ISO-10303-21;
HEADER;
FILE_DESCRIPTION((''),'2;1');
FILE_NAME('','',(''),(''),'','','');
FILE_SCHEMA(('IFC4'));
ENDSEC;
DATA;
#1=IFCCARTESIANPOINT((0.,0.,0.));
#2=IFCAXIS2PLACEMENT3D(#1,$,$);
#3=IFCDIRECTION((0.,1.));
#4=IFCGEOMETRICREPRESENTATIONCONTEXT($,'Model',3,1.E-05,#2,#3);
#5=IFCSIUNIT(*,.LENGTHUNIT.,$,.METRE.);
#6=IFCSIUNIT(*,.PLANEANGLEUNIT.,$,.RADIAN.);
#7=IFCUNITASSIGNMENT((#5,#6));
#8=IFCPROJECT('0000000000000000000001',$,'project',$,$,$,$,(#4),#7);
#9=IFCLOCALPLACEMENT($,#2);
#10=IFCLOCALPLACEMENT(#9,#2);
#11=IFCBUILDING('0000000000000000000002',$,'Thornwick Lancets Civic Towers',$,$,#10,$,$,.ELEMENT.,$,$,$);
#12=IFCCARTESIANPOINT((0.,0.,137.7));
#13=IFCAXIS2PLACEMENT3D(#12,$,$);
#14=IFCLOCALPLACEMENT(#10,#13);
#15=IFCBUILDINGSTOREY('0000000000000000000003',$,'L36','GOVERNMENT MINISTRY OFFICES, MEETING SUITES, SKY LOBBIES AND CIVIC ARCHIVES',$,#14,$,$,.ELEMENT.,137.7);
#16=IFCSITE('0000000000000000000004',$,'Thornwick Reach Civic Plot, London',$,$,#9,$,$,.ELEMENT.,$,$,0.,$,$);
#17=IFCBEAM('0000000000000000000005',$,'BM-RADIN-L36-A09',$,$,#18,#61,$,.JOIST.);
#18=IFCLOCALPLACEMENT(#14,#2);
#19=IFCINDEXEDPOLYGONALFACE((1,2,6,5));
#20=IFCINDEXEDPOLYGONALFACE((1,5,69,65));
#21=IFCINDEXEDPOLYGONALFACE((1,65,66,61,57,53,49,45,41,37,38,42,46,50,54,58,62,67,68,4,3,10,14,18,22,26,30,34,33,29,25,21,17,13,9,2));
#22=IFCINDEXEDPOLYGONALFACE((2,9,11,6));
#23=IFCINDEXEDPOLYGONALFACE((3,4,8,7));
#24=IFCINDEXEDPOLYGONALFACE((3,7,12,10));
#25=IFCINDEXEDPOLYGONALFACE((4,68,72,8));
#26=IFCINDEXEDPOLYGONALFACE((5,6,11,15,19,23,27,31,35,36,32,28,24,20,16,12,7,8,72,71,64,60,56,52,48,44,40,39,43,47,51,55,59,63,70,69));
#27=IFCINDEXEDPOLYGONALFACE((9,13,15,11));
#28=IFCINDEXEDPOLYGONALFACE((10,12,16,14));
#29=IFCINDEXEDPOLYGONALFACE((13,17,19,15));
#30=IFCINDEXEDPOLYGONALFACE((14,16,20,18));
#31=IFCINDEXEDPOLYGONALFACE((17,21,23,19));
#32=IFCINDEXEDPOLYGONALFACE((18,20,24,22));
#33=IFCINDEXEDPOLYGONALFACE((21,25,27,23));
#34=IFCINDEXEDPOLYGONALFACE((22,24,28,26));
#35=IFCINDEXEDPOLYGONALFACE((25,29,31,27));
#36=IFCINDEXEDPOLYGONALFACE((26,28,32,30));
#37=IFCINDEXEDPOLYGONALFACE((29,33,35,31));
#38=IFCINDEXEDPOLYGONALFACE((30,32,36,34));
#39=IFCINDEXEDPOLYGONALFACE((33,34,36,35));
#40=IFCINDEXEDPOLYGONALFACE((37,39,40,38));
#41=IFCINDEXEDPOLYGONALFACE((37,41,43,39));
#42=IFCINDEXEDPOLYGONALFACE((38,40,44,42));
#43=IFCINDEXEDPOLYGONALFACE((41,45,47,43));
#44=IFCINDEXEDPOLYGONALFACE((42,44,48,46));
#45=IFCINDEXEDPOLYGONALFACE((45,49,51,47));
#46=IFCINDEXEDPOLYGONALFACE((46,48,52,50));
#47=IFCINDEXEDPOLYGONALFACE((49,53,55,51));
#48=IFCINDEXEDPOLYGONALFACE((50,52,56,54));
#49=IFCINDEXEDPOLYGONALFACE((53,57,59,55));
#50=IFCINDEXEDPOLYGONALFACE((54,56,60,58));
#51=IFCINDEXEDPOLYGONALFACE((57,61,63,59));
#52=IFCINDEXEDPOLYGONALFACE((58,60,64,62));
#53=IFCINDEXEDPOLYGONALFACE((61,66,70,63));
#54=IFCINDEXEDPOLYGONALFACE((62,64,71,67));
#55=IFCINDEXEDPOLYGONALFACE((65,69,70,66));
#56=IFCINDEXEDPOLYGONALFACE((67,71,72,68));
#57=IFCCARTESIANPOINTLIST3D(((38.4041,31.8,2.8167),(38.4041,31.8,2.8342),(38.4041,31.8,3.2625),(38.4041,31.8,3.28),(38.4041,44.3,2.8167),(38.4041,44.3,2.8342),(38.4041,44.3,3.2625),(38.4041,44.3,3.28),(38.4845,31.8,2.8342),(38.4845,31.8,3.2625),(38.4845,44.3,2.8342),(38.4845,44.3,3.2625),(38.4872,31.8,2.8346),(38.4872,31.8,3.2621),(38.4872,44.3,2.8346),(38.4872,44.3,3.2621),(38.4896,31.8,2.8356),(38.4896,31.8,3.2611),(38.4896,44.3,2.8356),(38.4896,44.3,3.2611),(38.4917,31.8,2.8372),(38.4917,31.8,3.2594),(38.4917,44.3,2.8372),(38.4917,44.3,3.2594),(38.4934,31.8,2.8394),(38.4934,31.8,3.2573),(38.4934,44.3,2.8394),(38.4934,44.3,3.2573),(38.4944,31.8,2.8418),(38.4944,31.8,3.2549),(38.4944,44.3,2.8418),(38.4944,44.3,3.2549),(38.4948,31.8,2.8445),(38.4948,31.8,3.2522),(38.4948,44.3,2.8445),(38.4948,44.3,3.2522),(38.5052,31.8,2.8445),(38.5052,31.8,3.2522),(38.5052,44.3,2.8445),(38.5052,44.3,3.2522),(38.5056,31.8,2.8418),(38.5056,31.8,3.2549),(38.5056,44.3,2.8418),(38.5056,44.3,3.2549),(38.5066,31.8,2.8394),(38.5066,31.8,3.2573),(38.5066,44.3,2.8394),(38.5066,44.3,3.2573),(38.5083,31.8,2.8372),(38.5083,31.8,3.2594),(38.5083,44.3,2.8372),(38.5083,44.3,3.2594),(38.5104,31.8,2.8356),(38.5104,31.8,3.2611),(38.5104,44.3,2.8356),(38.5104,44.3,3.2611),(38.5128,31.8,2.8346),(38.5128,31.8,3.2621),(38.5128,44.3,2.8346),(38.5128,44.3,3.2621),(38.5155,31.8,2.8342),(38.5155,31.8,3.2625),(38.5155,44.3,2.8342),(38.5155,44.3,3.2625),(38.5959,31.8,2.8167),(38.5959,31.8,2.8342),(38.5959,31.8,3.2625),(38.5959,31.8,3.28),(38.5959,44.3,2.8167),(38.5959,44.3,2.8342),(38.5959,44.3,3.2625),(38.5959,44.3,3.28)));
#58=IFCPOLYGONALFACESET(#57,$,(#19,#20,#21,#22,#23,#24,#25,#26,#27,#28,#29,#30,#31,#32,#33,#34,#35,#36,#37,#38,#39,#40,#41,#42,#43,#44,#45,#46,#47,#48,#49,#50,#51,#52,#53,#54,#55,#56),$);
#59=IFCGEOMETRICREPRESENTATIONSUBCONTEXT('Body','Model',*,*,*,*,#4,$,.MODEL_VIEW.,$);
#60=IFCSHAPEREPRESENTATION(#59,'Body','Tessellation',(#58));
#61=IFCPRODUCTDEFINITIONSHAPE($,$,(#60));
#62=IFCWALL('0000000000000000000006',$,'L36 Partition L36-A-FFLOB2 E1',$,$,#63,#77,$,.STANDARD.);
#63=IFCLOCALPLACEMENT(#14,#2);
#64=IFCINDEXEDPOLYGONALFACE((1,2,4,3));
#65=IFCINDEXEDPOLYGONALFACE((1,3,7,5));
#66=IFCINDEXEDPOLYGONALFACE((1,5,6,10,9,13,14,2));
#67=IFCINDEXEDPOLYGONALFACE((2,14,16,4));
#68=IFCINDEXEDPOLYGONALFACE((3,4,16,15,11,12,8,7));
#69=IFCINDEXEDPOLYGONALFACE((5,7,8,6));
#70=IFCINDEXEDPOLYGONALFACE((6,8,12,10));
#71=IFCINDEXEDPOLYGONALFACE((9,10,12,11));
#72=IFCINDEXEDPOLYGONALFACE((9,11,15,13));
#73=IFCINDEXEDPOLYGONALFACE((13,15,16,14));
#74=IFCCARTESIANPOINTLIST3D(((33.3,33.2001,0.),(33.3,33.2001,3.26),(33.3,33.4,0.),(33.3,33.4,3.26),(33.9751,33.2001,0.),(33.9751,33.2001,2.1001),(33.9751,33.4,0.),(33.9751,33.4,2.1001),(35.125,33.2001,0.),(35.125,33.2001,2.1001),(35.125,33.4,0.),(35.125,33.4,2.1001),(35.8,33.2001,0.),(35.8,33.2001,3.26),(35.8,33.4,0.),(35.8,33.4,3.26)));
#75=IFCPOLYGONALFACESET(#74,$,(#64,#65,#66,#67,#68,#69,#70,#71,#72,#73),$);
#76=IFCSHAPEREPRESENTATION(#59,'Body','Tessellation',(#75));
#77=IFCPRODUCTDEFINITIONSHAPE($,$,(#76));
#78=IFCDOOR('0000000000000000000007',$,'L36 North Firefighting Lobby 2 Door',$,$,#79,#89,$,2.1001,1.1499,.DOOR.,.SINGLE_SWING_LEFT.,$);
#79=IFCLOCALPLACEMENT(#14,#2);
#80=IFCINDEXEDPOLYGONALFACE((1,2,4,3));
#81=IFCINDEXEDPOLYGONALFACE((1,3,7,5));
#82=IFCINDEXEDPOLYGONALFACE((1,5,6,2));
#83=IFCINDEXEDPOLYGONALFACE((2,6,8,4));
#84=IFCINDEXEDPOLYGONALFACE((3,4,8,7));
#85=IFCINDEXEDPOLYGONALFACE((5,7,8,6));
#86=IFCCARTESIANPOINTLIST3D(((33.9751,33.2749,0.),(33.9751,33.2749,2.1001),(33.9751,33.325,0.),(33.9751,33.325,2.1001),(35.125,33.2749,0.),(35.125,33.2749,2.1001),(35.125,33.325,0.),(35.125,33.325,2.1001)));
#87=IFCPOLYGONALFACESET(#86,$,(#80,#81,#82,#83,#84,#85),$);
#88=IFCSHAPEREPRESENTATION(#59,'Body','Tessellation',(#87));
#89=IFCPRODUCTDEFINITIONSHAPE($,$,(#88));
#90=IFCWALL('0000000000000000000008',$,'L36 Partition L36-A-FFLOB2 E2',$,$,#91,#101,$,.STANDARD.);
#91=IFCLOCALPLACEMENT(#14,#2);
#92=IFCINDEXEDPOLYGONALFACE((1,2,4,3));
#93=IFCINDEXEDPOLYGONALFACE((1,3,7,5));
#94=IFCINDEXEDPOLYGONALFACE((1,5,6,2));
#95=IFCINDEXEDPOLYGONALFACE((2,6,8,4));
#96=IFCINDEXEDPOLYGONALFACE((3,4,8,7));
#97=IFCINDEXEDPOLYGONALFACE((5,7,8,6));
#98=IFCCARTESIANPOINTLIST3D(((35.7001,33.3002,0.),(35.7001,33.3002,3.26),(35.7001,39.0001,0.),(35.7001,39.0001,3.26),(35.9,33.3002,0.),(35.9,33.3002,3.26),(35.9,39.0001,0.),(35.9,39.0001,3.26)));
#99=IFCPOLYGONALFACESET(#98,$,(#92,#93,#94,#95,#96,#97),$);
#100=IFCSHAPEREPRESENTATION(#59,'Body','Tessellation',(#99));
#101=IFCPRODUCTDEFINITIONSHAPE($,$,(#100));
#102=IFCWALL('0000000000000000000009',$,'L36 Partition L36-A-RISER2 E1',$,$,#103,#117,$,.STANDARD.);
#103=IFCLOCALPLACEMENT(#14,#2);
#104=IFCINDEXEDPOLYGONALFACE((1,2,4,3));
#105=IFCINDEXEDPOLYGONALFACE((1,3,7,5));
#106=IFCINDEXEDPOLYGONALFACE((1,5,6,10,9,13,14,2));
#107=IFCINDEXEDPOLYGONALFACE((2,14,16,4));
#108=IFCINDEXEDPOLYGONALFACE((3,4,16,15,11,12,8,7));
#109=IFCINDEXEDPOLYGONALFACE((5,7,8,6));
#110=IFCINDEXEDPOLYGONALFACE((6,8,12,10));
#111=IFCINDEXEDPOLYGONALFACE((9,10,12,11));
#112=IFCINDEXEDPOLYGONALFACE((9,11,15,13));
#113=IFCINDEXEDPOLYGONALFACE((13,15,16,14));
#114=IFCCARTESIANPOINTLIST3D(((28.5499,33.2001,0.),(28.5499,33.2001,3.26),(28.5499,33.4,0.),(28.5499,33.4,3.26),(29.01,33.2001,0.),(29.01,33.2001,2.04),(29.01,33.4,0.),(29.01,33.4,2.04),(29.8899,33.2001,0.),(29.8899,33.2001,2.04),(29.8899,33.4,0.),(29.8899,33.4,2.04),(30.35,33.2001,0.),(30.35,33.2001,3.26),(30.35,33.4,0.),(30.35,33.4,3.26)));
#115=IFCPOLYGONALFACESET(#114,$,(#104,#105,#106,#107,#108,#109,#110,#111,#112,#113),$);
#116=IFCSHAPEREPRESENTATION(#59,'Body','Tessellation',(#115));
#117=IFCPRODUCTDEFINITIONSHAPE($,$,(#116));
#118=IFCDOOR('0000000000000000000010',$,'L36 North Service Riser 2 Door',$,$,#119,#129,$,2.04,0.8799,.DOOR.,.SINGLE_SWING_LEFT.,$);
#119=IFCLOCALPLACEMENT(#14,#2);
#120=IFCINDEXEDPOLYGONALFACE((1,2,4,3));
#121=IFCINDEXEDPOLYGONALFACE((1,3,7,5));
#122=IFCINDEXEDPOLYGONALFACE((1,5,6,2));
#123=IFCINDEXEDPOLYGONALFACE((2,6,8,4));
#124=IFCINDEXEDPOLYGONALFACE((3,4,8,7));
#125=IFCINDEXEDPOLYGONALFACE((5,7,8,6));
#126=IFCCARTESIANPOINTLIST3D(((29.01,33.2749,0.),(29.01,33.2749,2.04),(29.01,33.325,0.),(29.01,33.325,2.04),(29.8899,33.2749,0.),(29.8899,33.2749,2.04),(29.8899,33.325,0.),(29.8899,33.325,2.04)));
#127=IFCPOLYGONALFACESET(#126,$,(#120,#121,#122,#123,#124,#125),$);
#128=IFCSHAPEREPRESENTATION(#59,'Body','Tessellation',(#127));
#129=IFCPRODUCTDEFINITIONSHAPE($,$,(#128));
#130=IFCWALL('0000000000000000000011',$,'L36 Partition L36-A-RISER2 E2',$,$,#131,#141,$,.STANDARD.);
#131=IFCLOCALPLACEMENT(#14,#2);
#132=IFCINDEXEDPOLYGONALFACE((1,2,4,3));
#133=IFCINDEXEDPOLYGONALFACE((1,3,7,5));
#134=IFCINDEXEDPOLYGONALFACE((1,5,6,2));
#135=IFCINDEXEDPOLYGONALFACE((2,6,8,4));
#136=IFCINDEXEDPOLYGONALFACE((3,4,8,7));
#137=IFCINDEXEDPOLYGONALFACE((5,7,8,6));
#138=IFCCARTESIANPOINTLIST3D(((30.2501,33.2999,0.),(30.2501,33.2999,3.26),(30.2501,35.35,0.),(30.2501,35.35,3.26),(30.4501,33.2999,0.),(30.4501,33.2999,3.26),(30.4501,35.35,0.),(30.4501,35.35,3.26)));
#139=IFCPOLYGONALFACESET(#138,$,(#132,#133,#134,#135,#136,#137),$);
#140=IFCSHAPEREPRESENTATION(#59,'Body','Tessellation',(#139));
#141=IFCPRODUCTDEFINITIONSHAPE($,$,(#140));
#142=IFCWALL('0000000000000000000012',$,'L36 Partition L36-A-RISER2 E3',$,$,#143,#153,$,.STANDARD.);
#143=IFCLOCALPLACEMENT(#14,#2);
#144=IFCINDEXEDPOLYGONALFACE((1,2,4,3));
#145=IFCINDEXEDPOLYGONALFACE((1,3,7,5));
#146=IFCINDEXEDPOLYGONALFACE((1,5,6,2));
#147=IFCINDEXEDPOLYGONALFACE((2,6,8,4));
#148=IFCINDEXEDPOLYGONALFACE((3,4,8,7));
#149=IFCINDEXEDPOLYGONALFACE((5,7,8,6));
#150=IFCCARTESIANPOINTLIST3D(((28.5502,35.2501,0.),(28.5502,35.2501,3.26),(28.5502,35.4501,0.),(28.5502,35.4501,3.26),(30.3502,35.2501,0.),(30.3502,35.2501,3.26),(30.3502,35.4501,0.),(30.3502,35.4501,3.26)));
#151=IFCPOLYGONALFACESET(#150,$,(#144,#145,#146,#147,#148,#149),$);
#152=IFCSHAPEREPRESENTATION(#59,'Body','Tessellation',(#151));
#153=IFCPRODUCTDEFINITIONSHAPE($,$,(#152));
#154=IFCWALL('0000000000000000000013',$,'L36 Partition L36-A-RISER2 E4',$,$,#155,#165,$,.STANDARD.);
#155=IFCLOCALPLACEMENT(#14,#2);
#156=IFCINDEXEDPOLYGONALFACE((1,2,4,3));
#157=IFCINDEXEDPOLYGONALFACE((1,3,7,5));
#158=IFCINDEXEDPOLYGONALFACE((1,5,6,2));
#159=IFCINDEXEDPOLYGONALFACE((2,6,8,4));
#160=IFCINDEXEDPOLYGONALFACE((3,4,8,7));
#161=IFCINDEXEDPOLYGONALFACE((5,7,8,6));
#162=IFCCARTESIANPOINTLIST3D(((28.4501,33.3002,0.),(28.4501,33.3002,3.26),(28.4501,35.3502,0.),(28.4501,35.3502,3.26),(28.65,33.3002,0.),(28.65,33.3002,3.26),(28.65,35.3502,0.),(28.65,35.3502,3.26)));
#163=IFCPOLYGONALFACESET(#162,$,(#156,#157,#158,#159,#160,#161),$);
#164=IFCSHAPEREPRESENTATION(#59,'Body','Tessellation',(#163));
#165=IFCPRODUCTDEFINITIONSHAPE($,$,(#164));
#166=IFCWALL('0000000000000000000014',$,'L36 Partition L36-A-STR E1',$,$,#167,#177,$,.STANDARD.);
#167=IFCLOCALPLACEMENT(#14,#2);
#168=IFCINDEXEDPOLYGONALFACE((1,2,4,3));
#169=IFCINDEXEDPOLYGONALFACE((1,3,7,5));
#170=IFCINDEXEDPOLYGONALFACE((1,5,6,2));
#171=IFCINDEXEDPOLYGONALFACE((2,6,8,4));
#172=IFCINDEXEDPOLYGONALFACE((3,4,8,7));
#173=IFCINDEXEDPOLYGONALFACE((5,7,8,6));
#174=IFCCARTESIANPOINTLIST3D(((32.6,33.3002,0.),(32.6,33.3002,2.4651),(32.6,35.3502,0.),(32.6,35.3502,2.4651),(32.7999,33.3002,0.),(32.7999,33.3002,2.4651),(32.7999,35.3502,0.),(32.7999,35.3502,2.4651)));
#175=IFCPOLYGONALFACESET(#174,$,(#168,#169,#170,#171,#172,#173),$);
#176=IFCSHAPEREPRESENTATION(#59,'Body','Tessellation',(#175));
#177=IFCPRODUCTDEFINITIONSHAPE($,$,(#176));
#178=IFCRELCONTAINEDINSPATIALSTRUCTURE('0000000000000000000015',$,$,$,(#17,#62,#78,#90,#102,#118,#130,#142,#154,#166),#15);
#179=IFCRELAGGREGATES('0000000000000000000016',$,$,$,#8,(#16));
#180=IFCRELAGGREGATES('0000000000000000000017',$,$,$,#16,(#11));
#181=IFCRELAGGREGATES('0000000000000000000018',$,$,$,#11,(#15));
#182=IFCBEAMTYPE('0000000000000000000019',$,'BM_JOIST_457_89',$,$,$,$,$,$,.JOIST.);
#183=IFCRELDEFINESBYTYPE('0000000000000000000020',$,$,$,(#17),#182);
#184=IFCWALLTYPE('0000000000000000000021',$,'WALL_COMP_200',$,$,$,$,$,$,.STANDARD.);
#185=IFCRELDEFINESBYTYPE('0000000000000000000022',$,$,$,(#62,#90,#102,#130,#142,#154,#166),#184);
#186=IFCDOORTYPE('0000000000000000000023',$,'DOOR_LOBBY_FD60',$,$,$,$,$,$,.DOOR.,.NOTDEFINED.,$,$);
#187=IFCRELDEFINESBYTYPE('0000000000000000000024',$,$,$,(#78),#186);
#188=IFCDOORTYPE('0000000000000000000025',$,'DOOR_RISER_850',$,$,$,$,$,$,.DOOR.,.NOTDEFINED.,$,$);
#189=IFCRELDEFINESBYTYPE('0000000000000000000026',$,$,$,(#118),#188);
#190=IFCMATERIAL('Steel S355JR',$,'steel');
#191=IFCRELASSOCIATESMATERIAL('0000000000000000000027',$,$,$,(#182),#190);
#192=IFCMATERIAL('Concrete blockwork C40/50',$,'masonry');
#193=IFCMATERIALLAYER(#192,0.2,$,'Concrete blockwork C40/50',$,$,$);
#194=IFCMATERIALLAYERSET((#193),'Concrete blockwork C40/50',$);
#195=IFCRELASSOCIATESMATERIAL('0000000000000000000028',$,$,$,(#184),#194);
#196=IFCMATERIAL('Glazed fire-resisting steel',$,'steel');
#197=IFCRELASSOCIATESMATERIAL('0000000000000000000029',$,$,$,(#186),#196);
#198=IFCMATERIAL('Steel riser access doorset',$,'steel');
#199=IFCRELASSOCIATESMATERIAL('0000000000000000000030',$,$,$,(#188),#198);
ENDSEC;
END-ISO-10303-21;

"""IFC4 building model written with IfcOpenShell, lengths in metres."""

from ifc_helpers import new_model, si_unit, direction, frame, frame_2d, origin, origin_2d, place, context, subcontext, project, spatial, rectangle, i_section, extrude, material, layer, layer_set, material_profile, profile_set, type_object, element, fill, save


model = new_model("IFC4")

# Units and contexts
model_context = context("Model", 3, precision=1e-05, world=origin(), true_north=direction((0.0, 1.0)))
body_context = subcontext(model_context, "Body", "Model", "MODEL_VIEW")
ifc_project = project(units=[si_unit("LENGTHUNIT", "METRE"), si_unit("PLANEANGLEUNIT", "RADIAN")], contexts=[model_context])

# Site, building, storey
site_placement = place(None, origin())
site = spatial("IfcSite", under=ifc_project, at=site_placement, Name="Thornwick Reach Civic Plot, London", CompositionType="ELEMENT", RefElevation=0.0)
building_placement = place(site_placement, origin())
building = spatial("IfcBuilding", under=site, at=building_placement, Name="Thornwick Lancets Civic Towers", CompositionType="ELEMENT")
storey_placement = place(building_placement, frame((0.0, 0.0, 137.7)))
storey = spatial("IfcBuildingStorey", under=building, at=storey_placement, Name="L36", Description="GOVERNMENT MINISTRY OFFICES, MEETING SUITES, SKY LOBBIES AND CIVIC ARCHIVES", CompositionType="ELEMENT", Elevation=137.7)

# Beam
ifc_material_1 = material(Name="Steel S355JR", Category="steel")
ifc_material_profile_1 = material_profile(ifc_material_1, i_section(OverallWidth=0.1919, OverallDepth=0.4634, WebThickness=0.0105, FlangeThickness=0.0176, FilletRadius=0.0103, at=origin_2d()), Name="UKB 457x191x89")
ifc_profile_set_1 = profile_set([ifc_material_profile_1], Name="Steel S355JR")
beam_type_1 = type_object("IfcBeamType", Name="BM_JOIST_457_89", PredefinedType="JOIST", material=ifc_profile_set_1)
beam_1_placement = place(storey_placement, frame((38.5, 31.8, 3.0483), z_axis=(0.0, 1.0, 0.0), x_axis=(-1.0, 0.0, 0.0)))
element("IfcBeam", 1, at=beam_1_placement, inside=storey, type_object=beam_type_1, Name="BM-RADIN-L36-A09", PredefinedType="JOIST", context=body_context, shape_type="SweptSolid", body=[
    extrude(i_section(OverallWidth=0.1919, OverallDepth=0.4634, WebThickness=0.0105, FlangeThickness=0.0176, FilletRadius=0.0103, at=origin_2d()), origin(), (0.0, 0.0, 1.0), 12.5),
])

# Wall, opening, door
ifc_material_2 = material(Name="Concrete blockwork C40/50", Category="masonry")
ifc_layer_1 = layer(ifc_material_2, 0.2, Name="Concrete blockwork C40/50")
ifc_layer_set_1 = layer_set([ifc_layer_1], Name="Concrete blockwork C40/50")
wall_type_1 = type_object("IfcWallType", Name="WALL_COMP_200", PredefinedType="STANDARD", material=ifc_layer_set_1)
wall_1_placement = place(storey_placement, frame((33.3, 33.3, 0.0), z_axis=(0.0, 0.0, 1.0), x_axis=(1.0, 0.0, 0.0)))
wall_1 = element("IfcWall", 2, at=wall_1_placement, inside=storey, type_object=wall_type_1, Name="L36 Partition L36-A-FFLOB2 E1", PredefinedType="STANDARD", context=body_context, shape_type="SweptSolid", body=[
    extrude(rectangle(XDim=2.5, YDim=0.2, at=frame_2d((1.25, 0.0))), origin(), (0.0, 0.0, 1.0), 3.26),
])
opening_1_placement = place(wall_1_placement, frame((0.675, 0.0, 0.0)))
opening_1 = element("IfcOpeningElement", 3, at=opening_1_placement, cuts=wall_1, PredefinedType="OPENING", context=body_context, shape_type="SweptSolid", body=[
    extrude(rectangle(XDim=1.1499, YDim=2.1001, at=frame_2d((0.575, 1.05))), frame((0.0, 0.1099, 0.0), z_axis=(0.0, -1.0, 0.0), x_axis=(1.0, 0.0, 0.0)), (0.0, 0.0, 1.0), 0.22),
])
ifc_material_3 = material(Name="Glazed fire-resisting steel", Category="steel")
door_type_1 = type_object("IfcDoorType", Name="DOOR_LOBBY_FD60", OperationType="NOTDEFINED", PredefinedType="DOOR", material=ifc_material_3)
door_1_placement = place(opening_1_placement, origin())
door_1 = element("IfcDoor", 4, at=door_1_placement, inside=storey, type_object=door_type_1, Name="L36 North Firefighting Lobby 2 Door", OperationType="SINGLE_SWING_LEFT", OverallHeight=2.1001, OverallWidth=1.1499, PredefinedType="DOOR", context=body_context, shape_type="SweptSolid", body=[
    extrude(rectangle(XDim=1.1499, YDim=2.1001, at=frame_2d((0.575, 1.05))), frame((0.0, 0.0249, 0.0), z_axis=(0.0, -1.0, 0.0), x_axis=(1.0, 0.0, 0.0)), (0.0, 0.0, 1.0), 0.05),
])
fill(opening_1, door_1)

# Wall
wall_2_placement = place(storey_placement, frame((35.8, 33.3, 0.0), z_axis=(0.0, 0.0, 1.0), x_axis=(0.0, 1.0, 0.0)))
element("IfcWall", 5, at=wall_2_placement, inside=storey, type_object=wall_type_1, Name="L36 Partition L36-A-FFLOB2 E2", PredefinedType="STANDARD", context=body_context, shape_type="SweptSolid", body=[
    extrude(rectangle(XDim=5.7, YDim=0.2, at=frame_2d((2.8501, 0.0))), origin(), (0.0, 0.0, 1.0), 3.26),
])

# Wall, opening, door
wall_3_placement = place(storey_placement, frame((28.55, 33.3, 0.0), z_axis=(0.0, 0.0, 1.0), x_axis=(1.0, 0.0, 0.0)))
wall_3 = element("IfcWall", 6, at=wall_3_placement, inside=storey, type_object=wall_type_1, Name="L36 Partition L36-A-RISER2 E1", PredefinedType="STANDARD", context=body_context, shape_type="SweptSolid", body=[
    extrude(rectangle(XDim=1.8, YDim=0.2, at=frame_2d((0.8999, 0.0))), origin(), (0.0, 0.0, 1.0), 3.26),
])
opening_2_placement = place(wall_3_placement, frame((0.46, 0.0, 0.0)))
opening_2 = element("IfcOpeningElement", 7, at=opening_2_placement, cuts=wall_3, PredefinedType="OPENING", context=body_context, shape_type="SweptSolid", body=[
    extrude(rectangle(XDim=0.8799, YDim=2.04, at=frame_2d((0.4399, 1.02))), frame((0.0, 0.1099, 0.0), z_axis=(0.0, -1.0, 0.0), x_axis=(1.0, 0.0, 0.0)), (0.0, 0.0, 1.0), 0.22),
])
ifc_material_4 = material(Name="Steel riser access doorset", Category="steel")
door_type_2 = type_object("IfcDoorType", Name="DOOR_RISER_850", OperationType="NOTDEFINED", PredefinedType="DOOR", material=ifc_material_4)
door_2_placement = place(opening_2_placement, origin())
door_2 = element("IfcDoor", 8, at=door_2_placement, inside=storey, type_object=door_type_2, Name="L36 North Service Riser 2 Door", OperationType="SINGLE_SWING_LEFT", OverallHeight=2.04, OverallWidth=0.8799, PredefinedType="DOOR", context=body_context, shape_type="SweptSolid", body=[
    extrude(rectangle(XDim=0.8799, YDim=2.04, at=frame_2d((0.4399, 1.02))), frame((0.0, 0.0249, 0.0), z_axis=(0.0, -1.0, 0.0), x_axis=(1.0, 0.0, 0.0)), (0.0, 0.0, 1.0), 0.05),
])
fill(opening_2, door_2)

# Walls
wall_4_placement = place(storey_placement, frame((30.3501, 33.3, 0.0), z_axis=(0.0, 0.0, 1.0), x_axis=(0.0, 1.0, 0.0)))
element("IfcWall", 9, at=wall_4_placement, inside=storey, type_object=wall_type_1, Name="L36 Partition L36-A-RISER2 E2", PredefinedType="STANDARD", context=body_context, shape_type="SweptSolid", body=[
    extrude(rectangle(XDim=2.05, YDim=0.2, at=frame_2d((1.0249, 0.0))), origin(), (0.0, 0.0, 1.0), 3.26),
])
wall_5_placement = place(storey_placement, frame((30.3501, 35.3501, 0.0), z_axis=(0.0, 0.0, 1.0), x_axis=(-1.0, 0.0, 0.0)))
element("IfcWall", 10, at=wall_5_placement, inside=storey, type_object=wall_type_1, Name="L36 Partition L36-A-RISER2 E3", PredefinedType="STANDARD", context=body_context, shape_type="SweptSolid", body=[
    extrude(rectangle(XDim=1.8, YDim=0.2, at=frame_2d((0.8999, 0.0))), origin(), (0.0, 0.0, 1.0), 3.26),
])
wall_6_placement = place(storey_placement, frame((28.55, 35.3501, 0.0), z_axis=(0.0, 0.0, 1.0), x_axis=(0.0, -1.0, 0.0)))
element("IfcWall", 11, at=wall_6_placement, inside=storey, type_object=wall_type_1, Name="L36 Partition L36-A-RISER2 E4", PredefinedType="STANDARD", context=body_context, shape_type="SweptSolid", body=[
    extrude(rectangle(XDim=2.05, YDim=0.2, at=frame_2d((1.0249, 0.0))), origin(), (0.0, 0.0, 1.0), 3.26),
])
wall_7_placement = place(storey_placement, frame((32.7, 35.3501, 0.0), z_axis=(0.0, 0.0, 1.0), x_axis=(0.0, -1.0, 0.0)))
element("IfcWall", 12, at=wall_7_placement, inside=storey, type_object=wall_type_1, Name="L36 Partition L36-A-STR E1", PredefinedType="STANDARD", context=body_context, shape_type="SweptSolid", body=[
    extrude(rectangle(XDim=2.05, YDim=0.2, at=frame_2d((1.0249, 0.0))), origin(), (0.0, 0.0, 1.0), 2.4651),
])

save(model, "model.ifc")
